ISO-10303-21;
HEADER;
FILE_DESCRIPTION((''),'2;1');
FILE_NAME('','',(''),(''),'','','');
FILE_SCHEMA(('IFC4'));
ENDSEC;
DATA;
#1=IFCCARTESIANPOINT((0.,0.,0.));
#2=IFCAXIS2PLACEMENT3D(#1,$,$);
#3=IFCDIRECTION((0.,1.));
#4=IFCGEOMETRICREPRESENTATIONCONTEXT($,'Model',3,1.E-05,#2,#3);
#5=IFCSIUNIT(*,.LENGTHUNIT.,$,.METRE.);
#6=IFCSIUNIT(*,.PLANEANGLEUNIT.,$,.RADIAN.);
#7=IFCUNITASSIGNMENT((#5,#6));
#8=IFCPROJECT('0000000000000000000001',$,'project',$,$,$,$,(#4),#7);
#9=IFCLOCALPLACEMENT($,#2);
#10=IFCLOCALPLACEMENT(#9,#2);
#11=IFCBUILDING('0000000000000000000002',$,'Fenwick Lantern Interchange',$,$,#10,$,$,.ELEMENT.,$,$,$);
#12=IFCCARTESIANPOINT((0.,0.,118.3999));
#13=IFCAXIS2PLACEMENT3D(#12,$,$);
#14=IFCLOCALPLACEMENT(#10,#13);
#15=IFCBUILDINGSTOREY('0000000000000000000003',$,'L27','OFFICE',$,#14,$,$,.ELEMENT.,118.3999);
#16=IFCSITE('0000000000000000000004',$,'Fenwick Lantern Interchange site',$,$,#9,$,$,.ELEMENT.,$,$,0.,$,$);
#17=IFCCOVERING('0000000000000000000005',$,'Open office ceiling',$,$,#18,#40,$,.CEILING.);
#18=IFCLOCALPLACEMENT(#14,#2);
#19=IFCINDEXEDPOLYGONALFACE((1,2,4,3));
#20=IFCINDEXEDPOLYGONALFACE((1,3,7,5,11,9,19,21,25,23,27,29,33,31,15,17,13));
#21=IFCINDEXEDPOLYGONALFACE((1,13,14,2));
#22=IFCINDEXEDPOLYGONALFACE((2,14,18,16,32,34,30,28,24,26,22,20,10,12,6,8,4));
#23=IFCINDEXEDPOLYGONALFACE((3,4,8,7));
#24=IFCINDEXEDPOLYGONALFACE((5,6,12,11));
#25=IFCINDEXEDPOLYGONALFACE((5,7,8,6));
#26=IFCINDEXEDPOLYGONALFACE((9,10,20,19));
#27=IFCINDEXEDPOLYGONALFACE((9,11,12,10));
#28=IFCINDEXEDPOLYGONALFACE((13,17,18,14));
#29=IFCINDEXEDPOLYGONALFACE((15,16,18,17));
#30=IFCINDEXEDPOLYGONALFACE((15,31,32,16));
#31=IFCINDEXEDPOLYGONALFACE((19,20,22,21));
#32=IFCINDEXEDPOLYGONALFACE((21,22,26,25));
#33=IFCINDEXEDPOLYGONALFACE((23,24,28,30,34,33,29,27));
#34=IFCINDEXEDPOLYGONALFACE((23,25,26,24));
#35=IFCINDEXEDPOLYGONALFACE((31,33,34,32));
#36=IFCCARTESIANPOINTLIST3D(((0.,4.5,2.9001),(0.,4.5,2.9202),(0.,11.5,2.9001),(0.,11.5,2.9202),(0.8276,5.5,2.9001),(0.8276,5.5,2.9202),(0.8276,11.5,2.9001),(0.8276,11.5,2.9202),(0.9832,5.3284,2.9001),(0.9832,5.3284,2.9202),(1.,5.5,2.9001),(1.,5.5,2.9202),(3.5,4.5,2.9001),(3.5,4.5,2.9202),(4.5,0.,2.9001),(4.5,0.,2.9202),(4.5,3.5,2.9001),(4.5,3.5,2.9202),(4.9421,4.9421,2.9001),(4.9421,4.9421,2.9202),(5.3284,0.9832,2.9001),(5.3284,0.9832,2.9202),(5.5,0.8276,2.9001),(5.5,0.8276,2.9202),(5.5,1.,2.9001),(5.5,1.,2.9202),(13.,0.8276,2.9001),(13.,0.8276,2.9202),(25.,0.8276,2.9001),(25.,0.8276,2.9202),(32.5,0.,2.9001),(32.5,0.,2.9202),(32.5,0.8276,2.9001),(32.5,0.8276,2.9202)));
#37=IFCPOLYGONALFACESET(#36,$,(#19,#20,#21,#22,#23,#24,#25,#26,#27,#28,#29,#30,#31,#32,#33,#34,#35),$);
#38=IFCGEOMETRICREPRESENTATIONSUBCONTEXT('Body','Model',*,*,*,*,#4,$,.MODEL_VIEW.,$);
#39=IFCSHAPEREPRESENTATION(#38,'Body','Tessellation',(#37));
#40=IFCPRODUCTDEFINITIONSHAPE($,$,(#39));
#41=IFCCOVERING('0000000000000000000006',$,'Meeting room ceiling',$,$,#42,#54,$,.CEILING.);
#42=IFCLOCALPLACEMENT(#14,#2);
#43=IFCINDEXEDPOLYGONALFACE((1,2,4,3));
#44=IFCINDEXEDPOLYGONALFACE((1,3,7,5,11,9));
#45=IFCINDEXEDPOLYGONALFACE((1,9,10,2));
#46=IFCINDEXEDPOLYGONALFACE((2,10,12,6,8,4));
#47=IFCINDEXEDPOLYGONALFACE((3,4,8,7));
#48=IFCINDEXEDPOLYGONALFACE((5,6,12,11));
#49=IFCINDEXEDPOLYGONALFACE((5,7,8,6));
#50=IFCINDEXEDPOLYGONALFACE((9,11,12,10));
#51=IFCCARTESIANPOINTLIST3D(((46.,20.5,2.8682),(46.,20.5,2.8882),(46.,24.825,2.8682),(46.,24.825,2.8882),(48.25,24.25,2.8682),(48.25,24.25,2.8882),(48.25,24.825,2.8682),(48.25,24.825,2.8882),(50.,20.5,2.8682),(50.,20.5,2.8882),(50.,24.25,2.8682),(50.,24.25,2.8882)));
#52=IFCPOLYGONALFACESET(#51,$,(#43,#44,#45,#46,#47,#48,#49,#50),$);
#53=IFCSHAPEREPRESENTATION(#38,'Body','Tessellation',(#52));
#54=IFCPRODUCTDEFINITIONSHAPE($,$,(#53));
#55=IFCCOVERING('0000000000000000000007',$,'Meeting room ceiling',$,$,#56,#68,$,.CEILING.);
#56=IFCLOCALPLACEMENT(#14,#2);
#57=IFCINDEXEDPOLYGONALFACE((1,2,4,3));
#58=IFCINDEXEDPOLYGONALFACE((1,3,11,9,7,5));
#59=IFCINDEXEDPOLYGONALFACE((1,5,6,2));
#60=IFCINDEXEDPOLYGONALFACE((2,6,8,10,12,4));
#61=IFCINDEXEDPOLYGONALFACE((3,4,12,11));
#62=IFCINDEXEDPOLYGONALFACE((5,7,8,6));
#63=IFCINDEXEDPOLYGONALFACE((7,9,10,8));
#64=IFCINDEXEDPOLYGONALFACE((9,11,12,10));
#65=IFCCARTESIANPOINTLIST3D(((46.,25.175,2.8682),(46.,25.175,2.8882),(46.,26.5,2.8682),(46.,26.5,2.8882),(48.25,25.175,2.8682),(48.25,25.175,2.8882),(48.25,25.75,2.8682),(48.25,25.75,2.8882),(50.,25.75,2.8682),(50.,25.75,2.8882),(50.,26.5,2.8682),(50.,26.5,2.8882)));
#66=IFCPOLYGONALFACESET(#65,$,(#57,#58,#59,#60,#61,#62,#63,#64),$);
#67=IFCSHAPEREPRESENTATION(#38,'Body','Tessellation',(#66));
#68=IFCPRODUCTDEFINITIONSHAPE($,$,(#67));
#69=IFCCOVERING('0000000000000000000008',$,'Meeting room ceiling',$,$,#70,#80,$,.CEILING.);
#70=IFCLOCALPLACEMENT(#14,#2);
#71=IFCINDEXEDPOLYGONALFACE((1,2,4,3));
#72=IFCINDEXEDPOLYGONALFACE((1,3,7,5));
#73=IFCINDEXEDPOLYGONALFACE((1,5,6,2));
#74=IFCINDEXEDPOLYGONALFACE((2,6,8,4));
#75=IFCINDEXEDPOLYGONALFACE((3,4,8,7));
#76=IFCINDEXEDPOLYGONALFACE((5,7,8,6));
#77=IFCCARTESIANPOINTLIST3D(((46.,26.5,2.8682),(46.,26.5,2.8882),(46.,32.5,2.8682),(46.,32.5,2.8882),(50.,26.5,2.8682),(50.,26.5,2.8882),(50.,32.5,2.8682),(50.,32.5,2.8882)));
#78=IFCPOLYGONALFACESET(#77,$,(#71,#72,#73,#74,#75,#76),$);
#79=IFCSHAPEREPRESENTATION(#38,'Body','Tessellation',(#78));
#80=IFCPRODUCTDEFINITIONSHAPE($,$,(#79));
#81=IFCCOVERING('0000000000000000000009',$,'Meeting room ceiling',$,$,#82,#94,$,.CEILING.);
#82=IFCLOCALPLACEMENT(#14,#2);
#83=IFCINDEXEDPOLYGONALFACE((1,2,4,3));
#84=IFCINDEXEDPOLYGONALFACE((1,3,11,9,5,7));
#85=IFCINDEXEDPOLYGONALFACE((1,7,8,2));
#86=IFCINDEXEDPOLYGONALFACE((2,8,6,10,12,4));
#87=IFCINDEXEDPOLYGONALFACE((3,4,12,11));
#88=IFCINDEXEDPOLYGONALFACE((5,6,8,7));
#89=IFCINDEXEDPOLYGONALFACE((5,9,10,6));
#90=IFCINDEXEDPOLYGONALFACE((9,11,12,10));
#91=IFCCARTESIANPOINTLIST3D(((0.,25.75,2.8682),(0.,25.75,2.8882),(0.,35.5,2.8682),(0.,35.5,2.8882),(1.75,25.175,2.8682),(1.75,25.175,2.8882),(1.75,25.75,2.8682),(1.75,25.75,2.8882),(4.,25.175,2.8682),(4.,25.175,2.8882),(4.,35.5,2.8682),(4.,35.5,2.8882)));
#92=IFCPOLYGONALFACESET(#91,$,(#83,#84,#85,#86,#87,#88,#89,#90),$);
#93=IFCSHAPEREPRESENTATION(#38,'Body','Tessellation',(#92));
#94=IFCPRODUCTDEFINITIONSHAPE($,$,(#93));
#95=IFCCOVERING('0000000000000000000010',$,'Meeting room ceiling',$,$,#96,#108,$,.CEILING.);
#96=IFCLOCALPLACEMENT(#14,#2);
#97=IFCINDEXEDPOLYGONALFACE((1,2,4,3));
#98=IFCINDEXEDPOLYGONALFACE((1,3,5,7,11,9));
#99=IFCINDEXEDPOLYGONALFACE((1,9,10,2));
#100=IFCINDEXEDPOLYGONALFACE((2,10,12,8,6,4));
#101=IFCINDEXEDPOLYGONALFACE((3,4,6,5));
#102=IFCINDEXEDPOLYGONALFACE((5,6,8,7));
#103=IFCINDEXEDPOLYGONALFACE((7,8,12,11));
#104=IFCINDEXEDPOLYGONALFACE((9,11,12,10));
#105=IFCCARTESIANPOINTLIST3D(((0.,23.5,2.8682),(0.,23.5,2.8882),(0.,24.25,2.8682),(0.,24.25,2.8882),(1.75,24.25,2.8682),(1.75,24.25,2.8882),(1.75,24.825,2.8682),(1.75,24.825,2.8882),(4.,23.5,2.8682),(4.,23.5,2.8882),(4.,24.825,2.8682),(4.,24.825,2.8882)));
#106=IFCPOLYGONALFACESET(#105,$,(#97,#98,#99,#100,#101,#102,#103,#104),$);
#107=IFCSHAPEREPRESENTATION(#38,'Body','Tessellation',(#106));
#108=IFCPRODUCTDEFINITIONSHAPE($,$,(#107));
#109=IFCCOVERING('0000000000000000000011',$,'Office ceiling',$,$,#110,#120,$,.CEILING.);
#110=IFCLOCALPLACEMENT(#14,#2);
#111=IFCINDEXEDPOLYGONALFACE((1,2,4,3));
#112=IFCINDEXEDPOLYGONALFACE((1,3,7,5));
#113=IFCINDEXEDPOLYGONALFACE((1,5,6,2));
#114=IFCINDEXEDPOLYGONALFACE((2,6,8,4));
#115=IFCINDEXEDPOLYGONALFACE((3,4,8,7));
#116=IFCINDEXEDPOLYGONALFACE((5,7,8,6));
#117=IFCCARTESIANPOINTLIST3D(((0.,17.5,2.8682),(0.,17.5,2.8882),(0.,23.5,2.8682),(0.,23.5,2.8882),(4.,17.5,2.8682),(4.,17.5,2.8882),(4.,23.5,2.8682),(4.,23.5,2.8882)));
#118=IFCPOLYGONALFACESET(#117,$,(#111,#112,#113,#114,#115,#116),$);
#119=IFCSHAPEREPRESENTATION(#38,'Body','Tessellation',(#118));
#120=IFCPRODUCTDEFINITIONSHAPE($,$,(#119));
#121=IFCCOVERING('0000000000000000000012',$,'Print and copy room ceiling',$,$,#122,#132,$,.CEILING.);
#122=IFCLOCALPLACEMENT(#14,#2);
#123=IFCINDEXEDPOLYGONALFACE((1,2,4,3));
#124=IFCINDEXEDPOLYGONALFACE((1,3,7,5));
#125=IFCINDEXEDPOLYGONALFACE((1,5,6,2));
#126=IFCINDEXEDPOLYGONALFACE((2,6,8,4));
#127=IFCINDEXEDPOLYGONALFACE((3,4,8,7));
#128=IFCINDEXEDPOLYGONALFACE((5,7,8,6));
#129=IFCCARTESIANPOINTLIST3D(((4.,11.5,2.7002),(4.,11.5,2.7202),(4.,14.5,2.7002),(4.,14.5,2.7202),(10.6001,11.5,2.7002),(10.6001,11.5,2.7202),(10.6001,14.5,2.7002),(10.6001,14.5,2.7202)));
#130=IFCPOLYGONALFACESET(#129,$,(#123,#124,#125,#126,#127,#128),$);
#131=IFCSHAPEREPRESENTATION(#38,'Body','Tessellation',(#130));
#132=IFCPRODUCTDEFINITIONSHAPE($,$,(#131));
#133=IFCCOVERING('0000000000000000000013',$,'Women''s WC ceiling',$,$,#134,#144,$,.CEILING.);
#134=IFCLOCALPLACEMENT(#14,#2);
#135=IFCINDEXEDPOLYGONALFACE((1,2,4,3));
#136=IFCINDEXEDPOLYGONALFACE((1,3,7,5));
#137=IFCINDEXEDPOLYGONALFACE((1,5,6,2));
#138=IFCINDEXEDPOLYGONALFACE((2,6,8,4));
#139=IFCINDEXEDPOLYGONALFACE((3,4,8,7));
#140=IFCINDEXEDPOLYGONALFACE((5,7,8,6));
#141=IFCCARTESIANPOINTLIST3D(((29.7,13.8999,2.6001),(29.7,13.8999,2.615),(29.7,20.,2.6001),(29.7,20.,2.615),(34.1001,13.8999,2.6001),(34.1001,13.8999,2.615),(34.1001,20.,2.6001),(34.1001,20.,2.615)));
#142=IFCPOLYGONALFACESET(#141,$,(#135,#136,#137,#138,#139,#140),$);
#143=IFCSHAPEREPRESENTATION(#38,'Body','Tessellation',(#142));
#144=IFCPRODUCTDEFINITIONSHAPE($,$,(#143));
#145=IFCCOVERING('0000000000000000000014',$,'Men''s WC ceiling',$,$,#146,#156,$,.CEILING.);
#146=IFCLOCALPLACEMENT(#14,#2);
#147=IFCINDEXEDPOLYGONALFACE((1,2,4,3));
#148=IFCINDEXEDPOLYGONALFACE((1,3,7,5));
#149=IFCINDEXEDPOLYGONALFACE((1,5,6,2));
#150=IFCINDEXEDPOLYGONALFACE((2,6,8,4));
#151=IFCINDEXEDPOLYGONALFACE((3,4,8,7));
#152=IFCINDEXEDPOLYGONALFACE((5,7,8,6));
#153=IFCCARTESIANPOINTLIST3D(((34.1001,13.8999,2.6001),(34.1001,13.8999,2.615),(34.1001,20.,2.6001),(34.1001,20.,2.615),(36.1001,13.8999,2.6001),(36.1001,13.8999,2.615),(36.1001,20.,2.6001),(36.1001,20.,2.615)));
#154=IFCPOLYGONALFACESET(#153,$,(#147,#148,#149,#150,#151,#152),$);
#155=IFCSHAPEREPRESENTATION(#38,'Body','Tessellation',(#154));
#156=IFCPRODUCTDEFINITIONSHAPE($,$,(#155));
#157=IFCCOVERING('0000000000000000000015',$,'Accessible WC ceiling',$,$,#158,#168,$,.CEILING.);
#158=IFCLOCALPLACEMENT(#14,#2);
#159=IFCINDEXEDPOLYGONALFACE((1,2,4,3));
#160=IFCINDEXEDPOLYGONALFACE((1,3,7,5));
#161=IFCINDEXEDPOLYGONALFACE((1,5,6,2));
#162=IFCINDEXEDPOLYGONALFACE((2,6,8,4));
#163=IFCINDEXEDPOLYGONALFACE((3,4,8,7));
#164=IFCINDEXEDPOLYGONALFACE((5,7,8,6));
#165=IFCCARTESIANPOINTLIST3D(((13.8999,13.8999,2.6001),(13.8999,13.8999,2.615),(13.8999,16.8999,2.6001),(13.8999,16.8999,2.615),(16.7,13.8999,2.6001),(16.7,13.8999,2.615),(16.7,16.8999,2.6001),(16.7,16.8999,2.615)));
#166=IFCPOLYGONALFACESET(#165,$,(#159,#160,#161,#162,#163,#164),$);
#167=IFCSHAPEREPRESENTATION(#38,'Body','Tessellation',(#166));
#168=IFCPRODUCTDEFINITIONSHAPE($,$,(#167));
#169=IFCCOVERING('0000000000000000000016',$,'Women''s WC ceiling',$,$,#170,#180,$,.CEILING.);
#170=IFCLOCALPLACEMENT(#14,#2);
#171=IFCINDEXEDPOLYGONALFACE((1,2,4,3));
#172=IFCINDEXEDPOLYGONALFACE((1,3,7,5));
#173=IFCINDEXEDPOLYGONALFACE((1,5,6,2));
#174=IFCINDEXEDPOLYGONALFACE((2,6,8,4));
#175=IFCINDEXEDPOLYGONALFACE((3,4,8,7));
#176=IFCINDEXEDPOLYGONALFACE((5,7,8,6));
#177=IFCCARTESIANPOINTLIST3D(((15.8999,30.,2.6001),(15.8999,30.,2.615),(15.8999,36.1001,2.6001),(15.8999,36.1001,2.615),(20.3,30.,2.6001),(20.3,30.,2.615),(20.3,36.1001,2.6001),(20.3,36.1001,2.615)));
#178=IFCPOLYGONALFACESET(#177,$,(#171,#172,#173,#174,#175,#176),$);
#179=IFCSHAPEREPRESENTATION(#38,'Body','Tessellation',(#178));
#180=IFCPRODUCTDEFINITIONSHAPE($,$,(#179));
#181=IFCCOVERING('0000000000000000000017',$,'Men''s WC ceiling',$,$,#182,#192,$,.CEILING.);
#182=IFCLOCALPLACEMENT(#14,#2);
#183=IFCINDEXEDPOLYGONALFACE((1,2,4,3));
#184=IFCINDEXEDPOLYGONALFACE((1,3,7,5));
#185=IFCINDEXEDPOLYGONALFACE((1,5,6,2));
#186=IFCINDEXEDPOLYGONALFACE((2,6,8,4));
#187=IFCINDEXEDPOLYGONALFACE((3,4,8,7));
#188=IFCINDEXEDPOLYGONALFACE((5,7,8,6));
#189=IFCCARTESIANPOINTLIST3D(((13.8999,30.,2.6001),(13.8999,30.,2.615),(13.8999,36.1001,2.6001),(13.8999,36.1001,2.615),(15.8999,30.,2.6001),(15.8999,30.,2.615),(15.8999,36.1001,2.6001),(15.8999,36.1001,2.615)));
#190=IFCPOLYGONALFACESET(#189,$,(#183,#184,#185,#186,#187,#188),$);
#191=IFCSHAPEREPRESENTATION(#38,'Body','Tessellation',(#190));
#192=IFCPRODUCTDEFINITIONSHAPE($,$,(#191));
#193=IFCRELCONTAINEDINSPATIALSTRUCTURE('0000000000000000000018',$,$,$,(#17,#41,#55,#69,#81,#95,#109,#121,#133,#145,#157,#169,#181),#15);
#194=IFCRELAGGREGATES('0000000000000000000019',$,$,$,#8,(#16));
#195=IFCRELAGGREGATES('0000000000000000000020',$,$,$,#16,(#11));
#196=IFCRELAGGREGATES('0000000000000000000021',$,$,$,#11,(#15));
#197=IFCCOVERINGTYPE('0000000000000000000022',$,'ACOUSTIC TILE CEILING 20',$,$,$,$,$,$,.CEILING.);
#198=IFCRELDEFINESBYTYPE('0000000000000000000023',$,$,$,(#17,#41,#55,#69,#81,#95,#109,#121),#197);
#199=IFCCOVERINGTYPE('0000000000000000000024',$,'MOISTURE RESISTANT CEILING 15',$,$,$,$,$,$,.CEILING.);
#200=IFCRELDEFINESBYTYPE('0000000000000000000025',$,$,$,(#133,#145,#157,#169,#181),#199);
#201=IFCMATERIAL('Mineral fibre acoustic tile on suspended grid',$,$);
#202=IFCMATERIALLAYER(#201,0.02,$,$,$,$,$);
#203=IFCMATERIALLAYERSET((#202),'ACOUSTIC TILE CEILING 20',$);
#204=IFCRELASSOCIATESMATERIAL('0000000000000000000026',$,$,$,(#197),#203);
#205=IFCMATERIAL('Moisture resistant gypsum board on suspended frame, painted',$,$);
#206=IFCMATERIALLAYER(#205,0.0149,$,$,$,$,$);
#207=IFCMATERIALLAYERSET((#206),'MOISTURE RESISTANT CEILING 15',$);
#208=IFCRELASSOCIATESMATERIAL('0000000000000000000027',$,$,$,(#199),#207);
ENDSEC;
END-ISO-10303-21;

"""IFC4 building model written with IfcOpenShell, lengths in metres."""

from ifc_helpers import new_model, si_unit, direction, frame, origin, place, context, subcontext, project, spatial, polyline, outline, extrude, material, layer, layer_set, type_object, element, save


model = new_model("IFC4")

# Units and contexts
model_context = context("Model", 3, precision=1e-05, world=origin(), true_north=direction((0.0, 1.0)))
body_context = subcontext(model_context, "Body", "Model", "MODEL_VIEW")
ifc_project = project(units=[si_unit("LENGTHUNIT", "METRE"), si_unit("PLANEANGLEUNIT", "RADIAN")], contexts=[model_context])

# Site, building, storey
site_placement = place(None, origin())
site = spatial("IfcSite", under=ifc_project, at=site_placement, Name="Fenwick Lantern Interchange site", CompositionType="ELEMENT", RefElevation=0.0)
building_placement = place(site_placement, origin())
building = spatial("IfcBuilding", under=site, at=building_placement, Name="Fenwick Lantern Interchange", CompositionType="ELEMENT")
storey_placement = place(building_placement, frame((0.0, 0.0, 118.3999)))
storey = spatial("IfcBuildingStorey", under=building, at=storey_placement, Name="L27", Description="OFFICE", CompositionType="ELEMENT", Elevation=118.3999)

# Coverings
ifc_material_1 = material(Name="Mineral fibre acoustic tile on suspended grid")
ifc_layer_1 = layer(ifc_material_1, 0.02)
ifc_layer_set_1 = layer_set([ifc_layer_1], Name="ACOUSTIC TILE CEILING 20")
covering_type_1 = type_object("IfcCoveringType", Name="ACOUSTIC TILE CEILING 20", PredefinedType="CEILING", material=ifc_layer_set_1)
covering_1_placement = place(storey_placement, frame((0.0, 0.0, 2.9001)))
element("IfcCovering", 1, at=covering_1_placement, inside=storey, type_object=covering_type_1, Name="Open office ceiling", PredefinedType="CEILING", context=body_context, shape_type="SweptSolid", body=[
    extrude(outline(polyline([(4.5, 3.5), (4.5, 0.0), (32.5, 0.0), (32.5, 0.8276), (25.0, 0.8276), (13.0, 0.8276), (5.5, 0.8276), (5.5, 1.0), (5.3284, 0.9832), (4.9421, 4.9421), (0.9832, 5.3284), (1.0, 5.5), (0.8276, 5.5), (0.8276, 11.5), (0.0, 11.5), (0.0, 4.5), (3.5, 4.5), (4.5, 3.5)])), origin(), (0.0, 0.0, 1.0), 0.02),
])
covering_2_placement = place(storey_placement, frame((0.0, 0.0, 2.8682)))
element("IfcCovering", 2, at=covering_2_placement, inside=storey, type_object=covering_type_1, Name="Meeting room ceiling", PredefinedType="CEILING", context=body_context, shape_type="SweptSolid", body=[
    extrude(outline(polyline([(46.0, 20.5), (50.0, 20.5), (50.0, 24.25), (48.25, 24.25), (48.25, 24.825), (46.0, 24.825), (46.0, 20.5)])), origin(), (0.0, 0.0, 1.0), 0.02),
])
covering_3_placement = place(storey_placement, frame((0.0, 0.0, 2.8682)))
element("IfcCovering", 3, at=covering_3_placement, inside=storey, type_object=covering_type_1, Name="Meeting room ceiling", PredefinedType="CEILING", context=body_context, shape_type="SweptSolid", body=[
    extrude(outline(polyline([(46.0, 26.5), (46.0, 25.175), (48.25, 25.175), (48.25, 25.75), (50.0, 25.75), (50.0, 26.5), (46.0, 26.5)])), origin(), (0.0, 0.0, 1.0), 0.02),
])
covering_4_placement = place(storey_placement, frame((0.0, 0.0, 2.8682)))
element("IfcCovering", 4, at=covering_4_placement, inside=storey, type_object=covering_type_1, Name="Meeting room ceiling", PredefinedType="CEILING", context=body_context, shape_type="SweptSolid", body=[
    extrude(outline(polyline([(50.0, 26.5), (50.0, 32.5), (46.0, 32.5), (46.0, 26.5), (50.0, 26.5)])), origin(), (0.0, 0.0, 1.0), 0.02),
])
covering_5_placement = place(storey_placement, frame((0.0, 0.0, 2.8682)))
element("IfcCovering", 5, at=covering_5_placement, inside=storey, type_object=covering_type_1, Name="Meeting room ceiling", PredefinedType="CEILING", context=body_context, shape_type="SweptSolid", body=[
    extrude(outline(polyline([(4.0, 25.175), (4.0, 35.5), (0.0, 35.5), (0.0, 25.75), (1.75, 25.75), (1.75, 25.175), (4.0, 25.175)])), origin(), (0.0, 0.0, 1.0), 0.02),
])
covering_6_placement = place(storey_placement, frame((0.0, 0.0, 2.8682)))
element("IfcCovering", 6, at=covering_6_placement, inside=storey, type_object=covering_type_1, Name="Meeting room ceiling", PredefinedType="CEILING", context=body_context, shape_type="SweptSolid", body=[
    extrude(outline(polyline([(4.0, 23.5), (4.0, 24.825), (1.75, 24.825), (1.75, 24.25), (0.0, 24.25), (0.0, 23.5), (4.0, 23.5)])), origin(), (0.0, 0.0, 1.0), 0.02),
])
covering_7_placement = place(storey_placement, frame((0.0, 0.0, 2.8682)))
element("IfcCovering", 7, at=covering_7_placement, inside=storey, type_object=covering_type_1, Name="Office ceiling", PredefinedType="CEILING", context=body_context, shape_type="SweptSolid", body=[
    extrude(outline(polyline([(0.0, 23.5), (0.0, 17.5), (4.0, 17.5), (4.0, 23.5), (0.0, 23.5)])), origin(), (0.0, 0.0, 1.0), 0.02),
])
covering_8_placement = place(storey_placement, frame((0.0, 0.0, 2.7002)))
element("IfcCovering", 8, at=covering_8_placement, inside=storey, type_object=covering_type_1, Name="Print and copy room ceiling", PredefinedType="CEILING", context=body_context, shape_type="SweptSolid", body=[
    extrude(outline(polyline([(4.0, 14.5), (4.0, 11.5), (10.6001, 11.5), (10.6001, 14.5), (4.0, 14.5)])), origin(), (0.0, 0.0, 1.0), 0.02),
])
ifc_material_2 = material(Name="Moisture resistant gypsum board on suspended frame, painted")
ifc_layer_2 = layer(ifc_material_2, 0.0149)
ifc_layer_set_2 = layer_set([ifc_layer_2], Name="MOISTURE RESISTANT CEILING 15")
covering_type_2 = type_object("IfcCoveringType", Name="MOISTURE RESISTANT CEILING 15", PredefinedType="CEILING", material=ifc_layer_set_2)
covering_9_placement = place(storey_placement, frame((0.0, 0.0, 2.6001)))
element("IfcCovering", 9, at=covering_9_placement, inside=storey, type_object=covering_type_2, Name="Women's WC ceiling", PredefinedType="CEILING", context=body_context, shape_type="SweptSolid", body=[
    extrude(outline(polyline([(29.7, 13.8999), (34.1001, 13.8999), (34.1001, 20.0), (29.7, 20.0), (29.7, 13.8999)])), origin(), (0.0, 0.0, 1.0), 0.0149),
])
covering_10_placement = place(storey_placement, frame((0.0, 0.0, 2.6001)))
element("IfcCovering", 10, at=covering_10_placement, inside=storey, type_object=covering_type_2, Name="Men's WC ceiling", PredefinedType="CEILING", context=body_context, shape_type="SweptSolid", body=[
    extrude(outline(polyline([(34.1001, 13.8999), (36.1001, 13.8999), (36.1001, 20.0), (34.1001, 20.0), (34.1001, 13.8999)])), origin(), (0.0, 0.0, 1.0), 0.0149),
])
covering_11_placement = place(storey_placement, frame((0.0, 0.0, 2.6001)))
element("IfcCovering", 11, at=covering_11_placement, inside=storey, type_object=covering_type_2, Name="Accessible WC ceiling", PredefinedType="CEILING", context=body_context, shape_type="SweptSolid", body=[
    extrude(outline(polyline([(13.8999, 13.8999), (16.7, 13.8999), (16.7, 16.8999), (13.8999, 16.8999), (13.8999, 13.8999)])), origin(), (0.0, 0.0, 1.0), 0.0149),
])
covering_12_placement = place(storey_placement, frame((0.0, 0.0, 2.6001)))
element("IfcCovering", 12, at=covering_12_placement, inside=storey, type_object=covering_type_2, Name="Women's WC ceiling", PredefinedType="CEILING", context=body_context, shape_type="SweptSolid", body=[
    extrude(outline(polyline([(20.3, 36.1001), (15.8999, 36.1001), (15.8999, 30.0), (20.3, 30.0), (20.3, 36.1001)])), origin(), (0.0, 0.0, 1.0), 0.0149),
])
covering_13_placement = place(storey_placement, frame((0.0, 0.0, 2.6001)))
element("IfcCovering", 13, at=covering_13_placement, inside=storey, type_object=covering_type_2, Name="Men's WC ceiling", PredefinedType="CEILING", context=body_context, shape_type="SweptSolid", body=[
    extrude(outline(polyline([(15.8999, 36.1001), (13.8999, 36.1001), (13.8999, 30.0), (15.8999, 30.0), (15.8999, 36.1001)])), origin(), (0.0, 0.0, 1.0), 0.0149),
])

save(model, "model.ifc")
